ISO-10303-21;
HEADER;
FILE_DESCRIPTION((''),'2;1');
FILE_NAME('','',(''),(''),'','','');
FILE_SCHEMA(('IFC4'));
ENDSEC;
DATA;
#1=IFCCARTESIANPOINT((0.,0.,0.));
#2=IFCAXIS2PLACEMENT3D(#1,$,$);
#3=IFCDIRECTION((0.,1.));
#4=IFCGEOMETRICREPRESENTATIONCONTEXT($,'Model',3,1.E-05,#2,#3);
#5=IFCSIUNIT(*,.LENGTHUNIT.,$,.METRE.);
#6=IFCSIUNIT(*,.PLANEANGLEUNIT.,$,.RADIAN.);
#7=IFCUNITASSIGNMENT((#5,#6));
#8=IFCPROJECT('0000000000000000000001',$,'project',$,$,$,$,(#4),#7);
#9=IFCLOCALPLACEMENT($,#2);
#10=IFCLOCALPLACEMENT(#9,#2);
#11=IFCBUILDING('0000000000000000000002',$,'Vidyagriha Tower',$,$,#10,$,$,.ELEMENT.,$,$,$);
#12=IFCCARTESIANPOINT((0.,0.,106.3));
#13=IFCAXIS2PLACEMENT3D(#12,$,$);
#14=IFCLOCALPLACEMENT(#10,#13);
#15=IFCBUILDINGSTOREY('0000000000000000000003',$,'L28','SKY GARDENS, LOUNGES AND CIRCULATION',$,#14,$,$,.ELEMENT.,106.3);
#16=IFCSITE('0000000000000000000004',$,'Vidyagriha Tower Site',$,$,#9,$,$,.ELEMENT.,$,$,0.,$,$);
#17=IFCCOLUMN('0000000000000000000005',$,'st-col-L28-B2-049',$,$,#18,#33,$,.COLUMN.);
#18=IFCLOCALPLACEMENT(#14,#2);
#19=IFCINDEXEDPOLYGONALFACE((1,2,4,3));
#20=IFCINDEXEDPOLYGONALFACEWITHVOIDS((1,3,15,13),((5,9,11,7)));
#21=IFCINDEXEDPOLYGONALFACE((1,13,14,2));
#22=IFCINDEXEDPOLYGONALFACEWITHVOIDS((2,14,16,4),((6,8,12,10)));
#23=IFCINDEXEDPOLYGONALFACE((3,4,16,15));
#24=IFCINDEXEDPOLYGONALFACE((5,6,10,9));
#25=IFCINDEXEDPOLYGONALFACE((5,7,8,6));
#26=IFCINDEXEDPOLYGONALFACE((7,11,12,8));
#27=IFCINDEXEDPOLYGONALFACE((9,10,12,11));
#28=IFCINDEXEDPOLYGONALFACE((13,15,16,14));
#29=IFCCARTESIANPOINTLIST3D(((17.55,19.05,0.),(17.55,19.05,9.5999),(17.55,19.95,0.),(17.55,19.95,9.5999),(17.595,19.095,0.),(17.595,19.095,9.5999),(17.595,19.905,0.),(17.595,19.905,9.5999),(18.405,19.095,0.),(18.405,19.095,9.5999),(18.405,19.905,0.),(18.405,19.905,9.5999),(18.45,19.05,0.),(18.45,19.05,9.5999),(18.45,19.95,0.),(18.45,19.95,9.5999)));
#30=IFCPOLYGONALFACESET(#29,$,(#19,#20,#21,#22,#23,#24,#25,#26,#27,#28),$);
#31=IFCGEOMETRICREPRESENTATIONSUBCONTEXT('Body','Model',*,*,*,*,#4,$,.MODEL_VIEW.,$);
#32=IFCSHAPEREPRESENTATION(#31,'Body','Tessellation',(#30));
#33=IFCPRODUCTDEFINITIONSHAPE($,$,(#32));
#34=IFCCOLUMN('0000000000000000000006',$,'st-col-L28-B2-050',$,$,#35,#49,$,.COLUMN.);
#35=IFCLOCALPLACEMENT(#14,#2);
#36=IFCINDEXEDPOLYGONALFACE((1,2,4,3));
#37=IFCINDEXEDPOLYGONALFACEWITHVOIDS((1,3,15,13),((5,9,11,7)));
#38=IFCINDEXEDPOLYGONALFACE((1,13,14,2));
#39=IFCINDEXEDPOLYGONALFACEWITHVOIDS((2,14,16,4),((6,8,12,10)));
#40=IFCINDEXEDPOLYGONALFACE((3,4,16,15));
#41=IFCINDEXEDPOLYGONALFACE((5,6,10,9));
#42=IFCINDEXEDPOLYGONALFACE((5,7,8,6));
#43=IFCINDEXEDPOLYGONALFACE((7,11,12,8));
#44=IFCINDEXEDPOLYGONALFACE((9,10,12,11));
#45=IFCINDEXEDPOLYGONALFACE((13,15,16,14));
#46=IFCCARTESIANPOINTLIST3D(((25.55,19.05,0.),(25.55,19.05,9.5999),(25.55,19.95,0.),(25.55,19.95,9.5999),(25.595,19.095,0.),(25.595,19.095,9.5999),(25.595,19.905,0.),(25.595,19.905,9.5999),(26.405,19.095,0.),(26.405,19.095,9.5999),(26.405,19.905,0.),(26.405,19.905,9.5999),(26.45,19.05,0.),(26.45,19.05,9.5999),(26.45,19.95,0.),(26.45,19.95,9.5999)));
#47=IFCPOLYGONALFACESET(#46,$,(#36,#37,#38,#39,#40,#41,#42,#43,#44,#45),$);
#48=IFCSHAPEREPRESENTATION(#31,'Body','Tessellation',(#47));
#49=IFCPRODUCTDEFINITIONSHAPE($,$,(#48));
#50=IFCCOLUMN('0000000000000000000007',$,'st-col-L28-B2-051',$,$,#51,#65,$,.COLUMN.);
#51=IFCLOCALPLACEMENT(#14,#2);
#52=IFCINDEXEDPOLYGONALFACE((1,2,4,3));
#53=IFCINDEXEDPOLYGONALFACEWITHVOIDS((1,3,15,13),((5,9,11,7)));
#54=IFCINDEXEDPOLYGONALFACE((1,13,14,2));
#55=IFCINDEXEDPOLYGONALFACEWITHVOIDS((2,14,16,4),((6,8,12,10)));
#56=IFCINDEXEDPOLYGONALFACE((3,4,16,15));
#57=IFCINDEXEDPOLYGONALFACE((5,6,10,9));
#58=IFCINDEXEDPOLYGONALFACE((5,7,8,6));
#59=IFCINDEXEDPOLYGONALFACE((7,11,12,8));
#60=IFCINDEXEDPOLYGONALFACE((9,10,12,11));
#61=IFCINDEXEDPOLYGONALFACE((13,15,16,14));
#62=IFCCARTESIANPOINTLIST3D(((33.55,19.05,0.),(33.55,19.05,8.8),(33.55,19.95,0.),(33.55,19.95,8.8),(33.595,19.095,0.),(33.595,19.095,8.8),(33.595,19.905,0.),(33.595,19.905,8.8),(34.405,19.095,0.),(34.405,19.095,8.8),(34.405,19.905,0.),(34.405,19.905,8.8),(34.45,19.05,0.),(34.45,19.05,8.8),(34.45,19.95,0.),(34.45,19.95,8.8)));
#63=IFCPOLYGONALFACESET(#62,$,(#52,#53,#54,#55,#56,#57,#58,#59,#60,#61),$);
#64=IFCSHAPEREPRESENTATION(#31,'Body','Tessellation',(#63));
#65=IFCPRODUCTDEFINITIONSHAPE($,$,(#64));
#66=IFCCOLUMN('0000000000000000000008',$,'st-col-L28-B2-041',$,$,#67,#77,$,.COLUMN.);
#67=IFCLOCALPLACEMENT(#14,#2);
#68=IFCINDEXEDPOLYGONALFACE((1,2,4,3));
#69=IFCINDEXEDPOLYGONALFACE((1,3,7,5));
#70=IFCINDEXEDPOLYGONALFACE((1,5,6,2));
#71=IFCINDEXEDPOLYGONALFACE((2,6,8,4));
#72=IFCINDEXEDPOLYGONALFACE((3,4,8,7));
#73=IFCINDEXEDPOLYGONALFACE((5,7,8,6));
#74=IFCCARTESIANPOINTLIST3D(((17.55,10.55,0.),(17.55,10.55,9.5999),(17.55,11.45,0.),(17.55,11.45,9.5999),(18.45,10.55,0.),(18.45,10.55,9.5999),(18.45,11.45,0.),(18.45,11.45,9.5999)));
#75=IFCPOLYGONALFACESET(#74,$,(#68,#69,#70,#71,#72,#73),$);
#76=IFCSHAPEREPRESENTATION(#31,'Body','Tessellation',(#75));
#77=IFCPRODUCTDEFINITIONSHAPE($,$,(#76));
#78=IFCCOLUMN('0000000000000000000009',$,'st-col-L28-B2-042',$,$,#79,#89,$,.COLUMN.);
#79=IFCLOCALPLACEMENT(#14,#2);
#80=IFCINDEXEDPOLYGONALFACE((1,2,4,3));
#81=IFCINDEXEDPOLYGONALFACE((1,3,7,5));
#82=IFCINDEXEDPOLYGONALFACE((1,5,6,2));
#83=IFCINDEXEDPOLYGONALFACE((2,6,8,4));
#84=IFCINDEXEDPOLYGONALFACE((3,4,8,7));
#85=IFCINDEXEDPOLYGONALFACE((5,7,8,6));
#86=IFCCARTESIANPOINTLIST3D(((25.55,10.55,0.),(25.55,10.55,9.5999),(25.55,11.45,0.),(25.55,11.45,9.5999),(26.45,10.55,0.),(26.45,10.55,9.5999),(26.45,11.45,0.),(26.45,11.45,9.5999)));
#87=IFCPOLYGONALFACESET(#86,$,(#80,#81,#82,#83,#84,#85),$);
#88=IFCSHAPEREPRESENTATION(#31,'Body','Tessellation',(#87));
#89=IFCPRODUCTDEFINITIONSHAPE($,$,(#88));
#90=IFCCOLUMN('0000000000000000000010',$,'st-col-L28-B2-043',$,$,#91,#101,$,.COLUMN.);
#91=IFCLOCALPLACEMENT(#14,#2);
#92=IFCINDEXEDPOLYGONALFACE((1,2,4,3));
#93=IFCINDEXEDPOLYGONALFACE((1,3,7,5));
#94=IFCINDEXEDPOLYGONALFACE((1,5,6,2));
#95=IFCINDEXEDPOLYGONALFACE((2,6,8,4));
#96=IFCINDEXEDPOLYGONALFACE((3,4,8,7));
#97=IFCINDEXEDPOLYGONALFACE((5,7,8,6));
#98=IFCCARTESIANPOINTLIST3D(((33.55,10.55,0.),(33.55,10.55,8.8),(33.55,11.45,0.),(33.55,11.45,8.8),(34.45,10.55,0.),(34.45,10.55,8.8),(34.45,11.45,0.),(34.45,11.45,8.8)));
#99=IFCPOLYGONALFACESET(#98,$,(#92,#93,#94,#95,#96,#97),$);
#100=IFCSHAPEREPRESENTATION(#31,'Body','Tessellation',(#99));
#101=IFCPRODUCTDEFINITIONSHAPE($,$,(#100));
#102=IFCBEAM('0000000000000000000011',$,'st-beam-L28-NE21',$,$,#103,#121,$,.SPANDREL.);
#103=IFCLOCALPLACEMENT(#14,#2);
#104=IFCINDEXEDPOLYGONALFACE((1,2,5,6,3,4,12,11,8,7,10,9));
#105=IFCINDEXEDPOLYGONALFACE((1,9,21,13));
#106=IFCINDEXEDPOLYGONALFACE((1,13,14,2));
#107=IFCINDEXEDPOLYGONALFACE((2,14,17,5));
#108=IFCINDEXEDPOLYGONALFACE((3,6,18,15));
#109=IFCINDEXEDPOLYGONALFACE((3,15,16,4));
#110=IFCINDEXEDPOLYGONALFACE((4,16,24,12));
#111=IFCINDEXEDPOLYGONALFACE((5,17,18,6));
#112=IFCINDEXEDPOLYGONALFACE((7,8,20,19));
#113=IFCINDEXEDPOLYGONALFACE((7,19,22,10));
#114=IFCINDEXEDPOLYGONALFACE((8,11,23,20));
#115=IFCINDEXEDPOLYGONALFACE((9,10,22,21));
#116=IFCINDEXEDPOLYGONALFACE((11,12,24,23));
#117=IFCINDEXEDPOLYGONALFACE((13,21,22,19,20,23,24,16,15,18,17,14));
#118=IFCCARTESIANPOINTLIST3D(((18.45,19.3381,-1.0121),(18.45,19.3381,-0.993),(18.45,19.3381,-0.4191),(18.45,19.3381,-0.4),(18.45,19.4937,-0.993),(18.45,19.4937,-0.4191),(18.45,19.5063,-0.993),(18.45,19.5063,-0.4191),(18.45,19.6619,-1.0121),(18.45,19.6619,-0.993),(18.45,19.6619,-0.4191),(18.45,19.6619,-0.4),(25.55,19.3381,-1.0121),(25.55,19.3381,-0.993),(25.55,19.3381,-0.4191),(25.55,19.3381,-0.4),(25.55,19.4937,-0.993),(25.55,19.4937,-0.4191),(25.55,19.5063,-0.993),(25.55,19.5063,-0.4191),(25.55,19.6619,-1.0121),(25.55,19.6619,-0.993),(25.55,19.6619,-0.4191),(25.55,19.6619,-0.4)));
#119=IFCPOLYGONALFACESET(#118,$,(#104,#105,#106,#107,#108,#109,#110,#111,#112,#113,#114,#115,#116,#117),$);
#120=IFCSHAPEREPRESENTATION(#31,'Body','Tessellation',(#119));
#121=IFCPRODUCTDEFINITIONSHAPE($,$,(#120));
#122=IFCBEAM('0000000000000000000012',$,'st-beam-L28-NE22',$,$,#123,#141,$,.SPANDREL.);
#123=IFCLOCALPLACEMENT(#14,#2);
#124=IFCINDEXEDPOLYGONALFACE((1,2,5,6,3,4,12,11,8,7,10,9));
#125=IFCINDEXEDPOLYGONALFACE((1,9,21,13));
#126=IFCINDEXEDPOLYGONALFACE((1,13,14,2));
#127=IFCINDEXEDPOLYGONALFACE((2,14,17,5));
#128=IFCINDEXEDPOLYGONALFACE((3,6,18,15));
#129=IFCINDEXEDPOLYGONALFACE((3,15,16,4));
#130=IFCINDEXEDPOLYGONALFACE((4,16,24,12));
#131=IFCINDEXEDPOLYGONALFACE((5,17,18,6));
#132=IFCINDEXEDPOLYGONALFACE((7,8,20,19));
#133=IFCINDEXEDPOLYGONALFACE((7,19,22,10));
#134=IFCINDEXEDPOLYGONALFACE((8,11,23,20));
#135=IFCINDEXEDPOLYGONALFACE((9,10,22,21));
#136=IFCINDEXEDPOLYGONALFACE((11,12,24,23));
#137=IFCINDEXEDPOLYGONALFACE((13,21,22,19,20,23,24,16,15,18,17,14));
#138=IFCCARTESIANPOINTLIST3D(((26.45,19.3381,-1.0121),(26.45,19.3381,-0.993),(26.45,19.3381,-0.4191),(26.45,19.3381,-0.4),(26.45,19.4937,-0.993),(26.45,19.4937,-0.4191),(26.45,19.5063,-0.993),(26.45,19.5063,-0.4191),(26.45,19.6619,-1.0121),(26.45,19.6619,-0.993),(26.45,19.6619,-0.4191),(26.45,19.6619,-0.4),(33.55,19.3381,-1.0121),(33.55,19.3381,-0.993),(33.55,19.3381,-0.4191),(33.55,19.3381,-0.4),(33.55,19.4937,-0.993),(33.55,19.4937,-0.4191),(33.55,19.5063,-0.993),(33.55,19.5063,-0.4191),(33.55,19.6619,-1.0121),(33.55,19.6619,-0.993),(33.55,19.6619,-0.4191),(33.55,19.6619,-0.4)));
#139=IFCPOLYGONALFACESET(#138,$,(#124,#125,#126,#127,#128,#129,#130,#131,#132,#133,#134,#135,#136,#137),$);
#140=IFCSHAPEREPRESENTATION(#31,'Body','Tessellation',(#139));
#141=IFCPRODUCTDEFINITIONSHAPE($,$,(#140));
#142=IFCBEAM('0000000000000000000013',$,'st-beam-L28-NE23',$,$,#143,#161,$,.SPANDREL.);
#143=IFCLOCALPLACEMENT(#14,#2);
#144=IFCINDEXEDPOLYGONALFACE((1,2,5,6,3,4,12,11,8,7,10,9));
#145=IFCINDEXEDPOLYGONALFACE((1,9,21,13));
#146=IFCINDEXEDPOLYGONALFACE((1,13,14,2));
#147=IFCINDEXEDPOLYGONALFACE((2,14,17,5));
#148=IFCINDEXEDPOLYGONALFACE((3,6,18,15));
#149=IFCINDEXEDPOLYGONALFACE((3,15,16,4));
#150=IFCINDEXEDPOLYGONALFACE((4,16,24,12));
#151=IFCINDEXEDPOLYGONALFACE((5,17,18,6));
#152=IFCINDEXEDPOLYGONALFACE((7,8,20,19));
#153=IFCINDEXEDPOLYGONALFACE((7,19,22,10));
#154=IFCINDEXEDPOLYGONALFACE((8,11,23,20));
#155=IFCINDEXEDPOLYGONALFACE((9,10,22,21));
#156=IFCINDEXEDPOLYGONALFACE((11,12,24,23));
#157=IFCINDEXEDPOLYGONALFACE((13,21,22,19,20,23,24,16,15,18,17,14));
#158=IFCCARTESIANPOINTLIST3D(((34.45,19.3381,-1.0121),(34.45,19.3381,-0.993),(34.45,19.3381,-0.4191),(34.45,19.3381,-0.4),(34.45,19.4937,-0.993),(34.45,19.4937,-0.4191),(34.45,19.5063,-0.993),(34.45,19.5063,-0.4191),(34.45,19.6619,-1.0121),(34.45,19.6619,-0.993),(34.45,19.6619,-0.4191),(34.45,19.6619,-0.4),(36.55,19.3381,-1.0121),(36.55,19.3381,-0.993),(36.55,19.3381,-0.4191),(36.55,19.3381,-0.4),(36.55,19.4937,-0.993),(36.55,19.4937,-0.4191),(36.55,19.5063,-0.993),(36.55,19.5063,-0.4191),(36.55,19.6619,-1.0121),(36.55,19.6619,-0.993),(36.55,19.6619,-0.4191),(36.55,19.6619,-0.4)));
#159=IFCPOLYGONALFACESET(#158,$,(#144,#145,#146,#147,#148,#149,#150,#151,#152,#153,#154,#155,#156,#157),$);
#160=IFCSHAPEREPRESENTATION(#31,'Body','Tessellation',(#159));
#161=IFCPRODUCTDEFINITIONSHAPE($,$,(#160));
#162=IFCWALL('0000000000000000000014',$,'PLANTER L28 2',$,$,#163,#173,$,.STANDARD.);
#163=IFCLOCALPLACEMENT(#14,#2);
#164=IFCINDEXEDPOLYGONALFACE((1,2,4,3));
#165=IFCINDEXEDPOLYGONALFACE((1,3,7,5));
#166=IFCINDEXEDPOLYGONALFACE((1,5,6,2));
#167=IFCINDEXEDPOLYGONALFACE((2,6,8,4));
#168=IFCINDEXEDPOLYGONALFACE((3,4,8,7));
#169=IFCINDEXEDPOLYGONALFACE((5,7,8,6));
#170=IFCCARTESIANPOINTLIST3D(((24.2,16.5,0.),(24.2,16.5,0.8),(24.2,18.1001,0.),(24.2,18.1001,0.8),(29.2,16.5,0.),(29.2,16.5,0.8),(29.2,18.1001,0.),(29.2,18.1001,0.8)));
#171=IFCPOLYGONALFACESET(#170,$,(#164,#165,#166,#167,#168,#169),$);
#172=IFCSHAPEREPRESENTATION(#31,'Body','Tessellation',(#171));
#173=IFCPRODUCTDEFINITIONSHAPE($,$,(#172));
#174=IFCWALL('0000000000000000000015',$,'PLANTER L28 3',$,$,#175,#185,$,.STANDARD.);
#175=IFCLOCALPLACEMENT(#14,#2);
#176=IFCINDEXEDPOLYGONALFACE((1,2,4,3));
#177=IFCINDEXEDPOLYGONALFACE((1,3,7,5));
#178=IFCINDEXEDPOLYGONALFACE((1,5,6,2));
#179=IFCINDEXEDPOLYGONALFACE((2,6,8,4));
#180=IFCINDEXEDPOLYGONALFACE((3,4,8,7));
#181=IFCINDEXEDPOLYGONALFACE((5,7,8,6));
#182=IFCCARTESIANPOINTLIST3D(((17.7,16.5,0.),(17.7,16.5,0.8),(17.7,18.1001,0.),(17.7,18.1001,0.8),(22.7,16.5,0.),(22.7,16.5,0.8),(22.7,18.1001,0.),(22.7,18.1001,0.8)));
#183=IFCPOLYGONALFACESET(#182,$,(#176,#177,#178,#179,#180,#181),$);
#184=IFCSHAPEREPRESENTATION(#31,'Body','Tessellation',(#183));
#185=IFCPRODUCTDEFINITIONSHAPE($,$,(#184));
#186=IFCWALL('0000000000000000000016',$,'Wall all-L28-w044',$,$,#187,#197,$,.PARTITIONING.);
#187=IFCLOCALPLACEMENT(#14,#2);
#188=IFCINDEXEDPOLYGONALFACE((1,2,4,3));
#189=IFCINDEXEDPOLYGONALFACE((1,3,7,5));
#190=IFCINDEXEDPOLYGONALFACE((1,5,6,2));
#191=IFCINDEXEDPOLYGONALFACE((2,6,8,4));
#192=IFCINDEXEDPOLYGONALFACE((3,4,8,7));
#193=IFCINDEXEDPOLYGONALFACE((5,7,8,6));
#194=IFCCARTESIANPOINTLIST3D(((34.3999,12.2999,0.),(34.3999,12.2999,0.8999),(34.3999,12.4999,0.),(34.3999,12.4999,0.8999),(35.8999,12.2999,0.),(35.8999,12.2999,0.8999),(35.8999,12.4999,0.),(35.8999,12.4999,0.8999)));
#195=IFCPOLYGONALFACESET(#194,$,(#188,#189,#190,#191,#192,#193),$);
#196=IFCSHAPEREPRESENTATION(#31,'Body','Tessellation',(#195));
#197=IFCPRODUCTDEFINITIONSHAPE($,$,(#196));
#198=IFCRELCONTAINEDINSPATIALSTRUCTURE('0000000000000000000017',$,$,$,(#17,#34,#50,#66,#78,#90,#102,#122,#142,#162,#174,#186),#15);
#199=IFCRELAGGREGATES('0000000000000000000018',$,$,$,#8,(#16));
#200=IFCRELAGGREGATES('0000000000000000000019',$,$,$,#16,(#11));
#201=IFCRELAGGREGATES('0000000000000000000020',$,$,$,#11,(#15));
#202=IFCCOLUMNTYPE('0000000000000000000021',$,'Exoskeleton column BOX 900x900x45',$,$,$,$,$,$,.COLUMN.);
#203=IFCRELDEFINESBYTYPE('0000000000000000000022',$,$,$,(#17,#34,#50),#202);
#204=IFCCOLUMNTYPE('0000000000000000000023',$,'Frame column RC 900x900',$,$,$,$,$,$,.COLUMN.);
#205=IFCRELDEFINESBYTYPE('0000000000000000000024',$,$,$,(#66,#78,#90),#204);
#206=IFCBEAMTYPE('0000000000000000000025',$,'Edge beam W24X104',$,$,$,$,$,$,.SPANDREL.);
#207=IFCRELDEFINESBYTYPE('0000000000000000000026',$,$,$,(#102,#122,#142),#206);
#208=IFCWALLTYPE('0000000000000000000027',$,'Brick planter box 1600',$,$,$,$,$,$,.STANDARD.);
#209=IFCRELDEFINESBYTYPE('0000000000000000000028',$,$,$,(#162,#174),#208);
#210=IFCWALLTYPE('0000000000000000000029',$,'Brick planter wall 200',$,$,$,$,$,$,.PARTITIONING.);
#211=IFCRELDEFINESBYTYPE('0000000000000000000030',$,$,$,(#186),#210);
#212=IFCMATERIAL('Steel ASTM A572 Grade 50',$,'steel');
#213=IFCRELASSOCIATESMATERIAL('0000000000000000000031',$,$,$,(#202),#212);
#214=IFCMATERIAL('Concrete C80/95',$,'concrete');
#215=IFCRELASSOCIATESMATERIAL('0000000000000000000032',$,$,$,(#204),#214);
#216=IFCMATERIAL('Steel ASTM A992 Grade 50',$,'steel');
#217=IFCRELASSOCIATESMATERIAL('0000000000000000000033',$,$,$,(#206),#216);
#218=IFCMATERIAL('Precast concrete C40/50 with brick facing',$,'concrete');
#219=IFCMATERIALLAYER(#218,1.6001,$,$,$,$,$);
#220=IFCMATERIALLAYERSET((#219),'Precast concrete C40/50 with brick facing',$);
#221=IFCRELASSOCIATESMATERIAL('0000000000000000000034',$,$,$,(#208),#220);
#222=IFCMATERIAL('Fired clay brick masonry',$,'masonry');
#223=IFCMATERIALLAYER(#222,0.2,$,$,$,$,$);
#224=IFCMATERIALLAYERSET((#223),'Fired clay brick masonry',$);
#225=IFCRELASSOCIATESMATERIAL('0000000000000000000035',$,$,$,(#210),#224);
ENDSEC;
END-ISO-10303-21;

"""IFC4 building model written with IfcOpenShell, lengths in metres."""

from ifc_helpers import new_model, si_unit, direction, frame, frame_2d, origin, origin_2d, place, context, subcontext, project, spatial, rectangle, hollow_rectangle, i_section, extrude, material, layer, layer_set, material_profile, profile_set, type_object, element, save


model = new_model("IFC4")

# Units and contexts
model_context = context("Model", 3, precision=1e-05, world=origin(), true_north=direction((0.0, 1.0)))
body_context = subcontext(model_context, "Body", "Model", "MODEL_VIEW")
ifc_project = project(units=[si_unit("LENGTHUNIT", "METRE"), si_unit("PLANEANGLEUNIT", "RADIAN")], contexts=[model_context])

# Site, building, storey
site_placement = place(None, origin())
site = spatial("IfcSite", under=ifc_project, at=site_placement, Name="Vidyagriha Tower Site", CompositionType="ELEMENT", RefElevation=0.0)
building_placement = place(site_placement, origin())
building = spatial("IfcBuilding", under=site, at=building_placement, Name="Vidyagriha Tower", CompositionType="ELEMENT")
storey_placement = place(building_placement, frame((0.0, 0.0, 106.3)))
storey = spatial("IfcBuildingStorey", under=building, at=storey_placement, Name="L28", Description="SKY GARDENS, LOUNGES AND CIRCULATION", CompositionType="ELEMENT", Elevation=106.3)

# Columns
ifc_material_1 = material(Name="Steel ASTM A572 Grade 50", Category="steel")
ifc_material_profile_1 = material_profile(ifc_material_1, hollow_rectangle(XDim=0.8999, YDim=0.8999, WallThickness=0.0449, at=origin_2d()), Name="BOX 900x900x45")
ifc_profile_set_1 = profile_set([ifc_material_profile_1], Name="Steel ASTM A572 Grade 50")
column_type_1 = type_object("IfcColumnType", Name="Exoskeleton column BOX 900x900x45", PredefinedType="COLUMN", material=ifc_profile_set_1)
for number, where, name in (
    (1, (18.0, 19.5, 0.0), "st-col-L28-B2-049"),
    (2, (26.0, 19.5, 0.0), "st-col-L28-B2-050"),
):
    element("IfcColumn", number, at=place(storey_placement, frame(where)), inside=storey, type_object=column_type_1, Name=name, PredefinedType="COLUMN", context=body_context, shape_type="SweptSolid", body=[
        extrude(hollow_rectangle(XDim=0.8999, YDim=0.8999, WallThickness=0.0449, at=origin_2d()), origin(), (0.0, 0.0, 1.0), 9.5999),
    ])
column_1_placement = place(storey_placement, frame((34.0, 19.5, 0.0)))
element("IfcColumn", 3, at=column_1_placement, inside=storey, type_object=column_type_1, Name="st-col-L28-B2-051", PredefinedType="COLUMN", context=body_context, shape_type="SweptSolid", body=[
    extrude(hollow_rectangle(XDim=0.8999, YDim=0.8999, WallThickness=0.0449, at=origin_2d()), origin(), (0.0, 0.0, 1.0), 8.8),
])
ifc_material_2 = material(Name="Concrete C80/95", Category="concrete")
ifc_material_profile_2 = material_profile(ifc_material_2, rectangle(XDim=0.8999, YDim=0.8999, at=origin_2d()), Name="RC 900x900")
ifc_profile_set_2 = profile_set([ifc_material_profile_2], Name="Concrete C80/95")
column_type_2 = type_object("IfcColumnType", Name="Frame column RC 900x900", PredefinedType="COLUMN", material=ifc_profile_set_2)
for number, where, name in (
    (4, (18.0, 11.0, 0.0), "st-col-L28-B2-041"),
    (5, (26.0, 11.0, 0.0), "st-col-L28-B2-042"),
):
    element("IfcColumn", number, at=place(storey_placement, frame(where)), inside=storey, type_object=column_type_2, Name=name, PredefinedType="COLUMN", context=body_context, shape_type="SweptSolid", body=[
        extrude(rectangle(XDim=0.8999, YDim=0.8999, at=origin_2d()), origin(), (0.0, 0.0, 1.0), 9.5999),
    ])
column_2_placement = place(storey_placement, frame((34.0, 11.0, 0.0)))
element("IfcColumn", 6, at=column_2_placement, inside=storey, type_object=column_type_2, Name="st-col-L28-B2-043", PredefinedType="COLUMN", context=body_context, shape_type="SweptSolid", body=[
    extrude(rectangle(XDim=0.8999, YDim=0.8999, at=origin_2d()), origin(), (0.0, 0.0, 1.0), 8.8),
])

# Beams
ifc_material_3 = material(Name="Steel ASTM A992 Grade 50", Category="steel")
ifc_material_profile_3 = material_profile(ifc_material_3, i_section(OverallWidth=0.3237, OverallDepth=0.6121, WebThickness=0.0127, FlangeThickness=0.019, at=origin_2d()), Name="W24X104")
ifc_profile_set_3 = profile_set([ifc_material_profile_3], Name="Steel ASTM A992 Grade 50")
beam_type = type_object("IfcBeamType", Name="Edge beam W24X104", PredefinedType="SPANDREL", material=ifc_profile_set_3)
for number, where, z_axis, x_axis, name in (
    (7, (18.45, 19.5, -0.7061), (1.0, 0.0, 0.0), (0.0, 1.0, 0.0), "st-beam-L28-NE21"),
    (8, (26.45, 19.5, -0.7061), (1.0, 0.0, 0.0), (0.0, 1.0, 0.0), "st-beam-L28-NE22"),
):
    element("IfcBeam", number, at=place(storey_placement, frame(where, z_axis=z_axis, x_axis=x_axis)), inside=storey, type_object=beam_type, Name=name, PredefinedType="SPANDREL", context=body_context, shape_type="SweptSolid", body=[
        extrude(i_section(OverallWidth=0.3237, OverallDepth=0.6121, WebThickness=0.0127, FlangeThickness=0.019, at=origin_2d()), origin(), (0.0, 0.0, 1.0), 7.1001),
    ])
beam_placement = place(storey_placement, frame((34.45, 19.5, -0.7061), z_axis=(1.0, 0.0, 0.0), x_axis=(0.0, 1.0, 0.0)))
element("IfcBeam", 9, at=beam_placement, inside=storey, type_object=beam_type, Name="st-beam-L28-NE23", PredefinedType="SPANDREL", context=body_context, shape_type="SweptSolid", body=[
    extrude(i_section(OverallWidth=0.3237, OverallDepth=0.6121, WebThickness=0.0127, FlangeThickness=0.019, at=origin_2d()), origin(), (0.0, 0.0, 1.0), 2.1001),
])

# Walls
ifc_material_4 = material(Name="Precast concrete C40/50 with brick facing", Category="concrete")
ifc_layer_1 = layer(ifc_material_4, 1.6001)
ifc_layer_set_1 = layer_set([ifc_layer_1], Name="Precast concrete C40/50 with brick facing")
wall_type_1 = type_object("IfcWallType", Name="Brick planter box 1600", PredefinedType="STANDARD", material=ifc_layer_set_1)
for number, where, z_axis, x_axis, name in (
    (10, (29.2, 17.3, 0.0), (0.0, 0.0, 1.0), (-1.0, 0.0, 0.0), "PLANTER L28 2"),
    (11, (22.7, 17.3, 0.0), (0.0, 0.0, 1.0), (-1.0, 0.0, 0.0), "PLANTER L28 3"),
):
    element("IfcWall", number, at=place(storey_placement, frame(where, z_axis=z_axis, x_axis=x_axis)), inside=storey, type_object=wall_type_1, Name=name, PredefinedType="STANDARD", context=body_context, shape_type="SweptSolid", body=[
        extrude(rectangle(XDim=5.0, YDim=1.6001, at=frame_2d((2.5, 0.0))), origin(), (0.0, 0.0, 1.0), 0.8),
    ])
ifc_material_5 = material(Name="Fired clay brick masonry", Category="masonry")
ifc_layer_2 = layer(ifc_material_5, 0.2)
ifc_layer_set_2 = layer_set([ifc_layer_2], Name="Fired clay brick masonry")
wall_type_2 = type_object("IfcWallType", Name="Brick planter wall 200", PredefinedType="PARTITIONING", material=ifc_layer_set_2)
wall_1_placement = place(storey_placement, frame((34.3999, 12.3999, 0.0)))
element("IfcWall", 12, at=wall_1_placement, inside=storey, type_object=wall_type_2, Name="Wall all-L28-w044", PredefinedType="PARTITIONING", context=body_context, shape_type="SweptSolid", body=[
    extrude(rectangle(XDim=1.5, YDim=0.2, at=frame_2d((0.75, 0.0))), origin(), (0.0, 0.0, 1.0), 0.8999),
])

save(model, "model.ifc")
